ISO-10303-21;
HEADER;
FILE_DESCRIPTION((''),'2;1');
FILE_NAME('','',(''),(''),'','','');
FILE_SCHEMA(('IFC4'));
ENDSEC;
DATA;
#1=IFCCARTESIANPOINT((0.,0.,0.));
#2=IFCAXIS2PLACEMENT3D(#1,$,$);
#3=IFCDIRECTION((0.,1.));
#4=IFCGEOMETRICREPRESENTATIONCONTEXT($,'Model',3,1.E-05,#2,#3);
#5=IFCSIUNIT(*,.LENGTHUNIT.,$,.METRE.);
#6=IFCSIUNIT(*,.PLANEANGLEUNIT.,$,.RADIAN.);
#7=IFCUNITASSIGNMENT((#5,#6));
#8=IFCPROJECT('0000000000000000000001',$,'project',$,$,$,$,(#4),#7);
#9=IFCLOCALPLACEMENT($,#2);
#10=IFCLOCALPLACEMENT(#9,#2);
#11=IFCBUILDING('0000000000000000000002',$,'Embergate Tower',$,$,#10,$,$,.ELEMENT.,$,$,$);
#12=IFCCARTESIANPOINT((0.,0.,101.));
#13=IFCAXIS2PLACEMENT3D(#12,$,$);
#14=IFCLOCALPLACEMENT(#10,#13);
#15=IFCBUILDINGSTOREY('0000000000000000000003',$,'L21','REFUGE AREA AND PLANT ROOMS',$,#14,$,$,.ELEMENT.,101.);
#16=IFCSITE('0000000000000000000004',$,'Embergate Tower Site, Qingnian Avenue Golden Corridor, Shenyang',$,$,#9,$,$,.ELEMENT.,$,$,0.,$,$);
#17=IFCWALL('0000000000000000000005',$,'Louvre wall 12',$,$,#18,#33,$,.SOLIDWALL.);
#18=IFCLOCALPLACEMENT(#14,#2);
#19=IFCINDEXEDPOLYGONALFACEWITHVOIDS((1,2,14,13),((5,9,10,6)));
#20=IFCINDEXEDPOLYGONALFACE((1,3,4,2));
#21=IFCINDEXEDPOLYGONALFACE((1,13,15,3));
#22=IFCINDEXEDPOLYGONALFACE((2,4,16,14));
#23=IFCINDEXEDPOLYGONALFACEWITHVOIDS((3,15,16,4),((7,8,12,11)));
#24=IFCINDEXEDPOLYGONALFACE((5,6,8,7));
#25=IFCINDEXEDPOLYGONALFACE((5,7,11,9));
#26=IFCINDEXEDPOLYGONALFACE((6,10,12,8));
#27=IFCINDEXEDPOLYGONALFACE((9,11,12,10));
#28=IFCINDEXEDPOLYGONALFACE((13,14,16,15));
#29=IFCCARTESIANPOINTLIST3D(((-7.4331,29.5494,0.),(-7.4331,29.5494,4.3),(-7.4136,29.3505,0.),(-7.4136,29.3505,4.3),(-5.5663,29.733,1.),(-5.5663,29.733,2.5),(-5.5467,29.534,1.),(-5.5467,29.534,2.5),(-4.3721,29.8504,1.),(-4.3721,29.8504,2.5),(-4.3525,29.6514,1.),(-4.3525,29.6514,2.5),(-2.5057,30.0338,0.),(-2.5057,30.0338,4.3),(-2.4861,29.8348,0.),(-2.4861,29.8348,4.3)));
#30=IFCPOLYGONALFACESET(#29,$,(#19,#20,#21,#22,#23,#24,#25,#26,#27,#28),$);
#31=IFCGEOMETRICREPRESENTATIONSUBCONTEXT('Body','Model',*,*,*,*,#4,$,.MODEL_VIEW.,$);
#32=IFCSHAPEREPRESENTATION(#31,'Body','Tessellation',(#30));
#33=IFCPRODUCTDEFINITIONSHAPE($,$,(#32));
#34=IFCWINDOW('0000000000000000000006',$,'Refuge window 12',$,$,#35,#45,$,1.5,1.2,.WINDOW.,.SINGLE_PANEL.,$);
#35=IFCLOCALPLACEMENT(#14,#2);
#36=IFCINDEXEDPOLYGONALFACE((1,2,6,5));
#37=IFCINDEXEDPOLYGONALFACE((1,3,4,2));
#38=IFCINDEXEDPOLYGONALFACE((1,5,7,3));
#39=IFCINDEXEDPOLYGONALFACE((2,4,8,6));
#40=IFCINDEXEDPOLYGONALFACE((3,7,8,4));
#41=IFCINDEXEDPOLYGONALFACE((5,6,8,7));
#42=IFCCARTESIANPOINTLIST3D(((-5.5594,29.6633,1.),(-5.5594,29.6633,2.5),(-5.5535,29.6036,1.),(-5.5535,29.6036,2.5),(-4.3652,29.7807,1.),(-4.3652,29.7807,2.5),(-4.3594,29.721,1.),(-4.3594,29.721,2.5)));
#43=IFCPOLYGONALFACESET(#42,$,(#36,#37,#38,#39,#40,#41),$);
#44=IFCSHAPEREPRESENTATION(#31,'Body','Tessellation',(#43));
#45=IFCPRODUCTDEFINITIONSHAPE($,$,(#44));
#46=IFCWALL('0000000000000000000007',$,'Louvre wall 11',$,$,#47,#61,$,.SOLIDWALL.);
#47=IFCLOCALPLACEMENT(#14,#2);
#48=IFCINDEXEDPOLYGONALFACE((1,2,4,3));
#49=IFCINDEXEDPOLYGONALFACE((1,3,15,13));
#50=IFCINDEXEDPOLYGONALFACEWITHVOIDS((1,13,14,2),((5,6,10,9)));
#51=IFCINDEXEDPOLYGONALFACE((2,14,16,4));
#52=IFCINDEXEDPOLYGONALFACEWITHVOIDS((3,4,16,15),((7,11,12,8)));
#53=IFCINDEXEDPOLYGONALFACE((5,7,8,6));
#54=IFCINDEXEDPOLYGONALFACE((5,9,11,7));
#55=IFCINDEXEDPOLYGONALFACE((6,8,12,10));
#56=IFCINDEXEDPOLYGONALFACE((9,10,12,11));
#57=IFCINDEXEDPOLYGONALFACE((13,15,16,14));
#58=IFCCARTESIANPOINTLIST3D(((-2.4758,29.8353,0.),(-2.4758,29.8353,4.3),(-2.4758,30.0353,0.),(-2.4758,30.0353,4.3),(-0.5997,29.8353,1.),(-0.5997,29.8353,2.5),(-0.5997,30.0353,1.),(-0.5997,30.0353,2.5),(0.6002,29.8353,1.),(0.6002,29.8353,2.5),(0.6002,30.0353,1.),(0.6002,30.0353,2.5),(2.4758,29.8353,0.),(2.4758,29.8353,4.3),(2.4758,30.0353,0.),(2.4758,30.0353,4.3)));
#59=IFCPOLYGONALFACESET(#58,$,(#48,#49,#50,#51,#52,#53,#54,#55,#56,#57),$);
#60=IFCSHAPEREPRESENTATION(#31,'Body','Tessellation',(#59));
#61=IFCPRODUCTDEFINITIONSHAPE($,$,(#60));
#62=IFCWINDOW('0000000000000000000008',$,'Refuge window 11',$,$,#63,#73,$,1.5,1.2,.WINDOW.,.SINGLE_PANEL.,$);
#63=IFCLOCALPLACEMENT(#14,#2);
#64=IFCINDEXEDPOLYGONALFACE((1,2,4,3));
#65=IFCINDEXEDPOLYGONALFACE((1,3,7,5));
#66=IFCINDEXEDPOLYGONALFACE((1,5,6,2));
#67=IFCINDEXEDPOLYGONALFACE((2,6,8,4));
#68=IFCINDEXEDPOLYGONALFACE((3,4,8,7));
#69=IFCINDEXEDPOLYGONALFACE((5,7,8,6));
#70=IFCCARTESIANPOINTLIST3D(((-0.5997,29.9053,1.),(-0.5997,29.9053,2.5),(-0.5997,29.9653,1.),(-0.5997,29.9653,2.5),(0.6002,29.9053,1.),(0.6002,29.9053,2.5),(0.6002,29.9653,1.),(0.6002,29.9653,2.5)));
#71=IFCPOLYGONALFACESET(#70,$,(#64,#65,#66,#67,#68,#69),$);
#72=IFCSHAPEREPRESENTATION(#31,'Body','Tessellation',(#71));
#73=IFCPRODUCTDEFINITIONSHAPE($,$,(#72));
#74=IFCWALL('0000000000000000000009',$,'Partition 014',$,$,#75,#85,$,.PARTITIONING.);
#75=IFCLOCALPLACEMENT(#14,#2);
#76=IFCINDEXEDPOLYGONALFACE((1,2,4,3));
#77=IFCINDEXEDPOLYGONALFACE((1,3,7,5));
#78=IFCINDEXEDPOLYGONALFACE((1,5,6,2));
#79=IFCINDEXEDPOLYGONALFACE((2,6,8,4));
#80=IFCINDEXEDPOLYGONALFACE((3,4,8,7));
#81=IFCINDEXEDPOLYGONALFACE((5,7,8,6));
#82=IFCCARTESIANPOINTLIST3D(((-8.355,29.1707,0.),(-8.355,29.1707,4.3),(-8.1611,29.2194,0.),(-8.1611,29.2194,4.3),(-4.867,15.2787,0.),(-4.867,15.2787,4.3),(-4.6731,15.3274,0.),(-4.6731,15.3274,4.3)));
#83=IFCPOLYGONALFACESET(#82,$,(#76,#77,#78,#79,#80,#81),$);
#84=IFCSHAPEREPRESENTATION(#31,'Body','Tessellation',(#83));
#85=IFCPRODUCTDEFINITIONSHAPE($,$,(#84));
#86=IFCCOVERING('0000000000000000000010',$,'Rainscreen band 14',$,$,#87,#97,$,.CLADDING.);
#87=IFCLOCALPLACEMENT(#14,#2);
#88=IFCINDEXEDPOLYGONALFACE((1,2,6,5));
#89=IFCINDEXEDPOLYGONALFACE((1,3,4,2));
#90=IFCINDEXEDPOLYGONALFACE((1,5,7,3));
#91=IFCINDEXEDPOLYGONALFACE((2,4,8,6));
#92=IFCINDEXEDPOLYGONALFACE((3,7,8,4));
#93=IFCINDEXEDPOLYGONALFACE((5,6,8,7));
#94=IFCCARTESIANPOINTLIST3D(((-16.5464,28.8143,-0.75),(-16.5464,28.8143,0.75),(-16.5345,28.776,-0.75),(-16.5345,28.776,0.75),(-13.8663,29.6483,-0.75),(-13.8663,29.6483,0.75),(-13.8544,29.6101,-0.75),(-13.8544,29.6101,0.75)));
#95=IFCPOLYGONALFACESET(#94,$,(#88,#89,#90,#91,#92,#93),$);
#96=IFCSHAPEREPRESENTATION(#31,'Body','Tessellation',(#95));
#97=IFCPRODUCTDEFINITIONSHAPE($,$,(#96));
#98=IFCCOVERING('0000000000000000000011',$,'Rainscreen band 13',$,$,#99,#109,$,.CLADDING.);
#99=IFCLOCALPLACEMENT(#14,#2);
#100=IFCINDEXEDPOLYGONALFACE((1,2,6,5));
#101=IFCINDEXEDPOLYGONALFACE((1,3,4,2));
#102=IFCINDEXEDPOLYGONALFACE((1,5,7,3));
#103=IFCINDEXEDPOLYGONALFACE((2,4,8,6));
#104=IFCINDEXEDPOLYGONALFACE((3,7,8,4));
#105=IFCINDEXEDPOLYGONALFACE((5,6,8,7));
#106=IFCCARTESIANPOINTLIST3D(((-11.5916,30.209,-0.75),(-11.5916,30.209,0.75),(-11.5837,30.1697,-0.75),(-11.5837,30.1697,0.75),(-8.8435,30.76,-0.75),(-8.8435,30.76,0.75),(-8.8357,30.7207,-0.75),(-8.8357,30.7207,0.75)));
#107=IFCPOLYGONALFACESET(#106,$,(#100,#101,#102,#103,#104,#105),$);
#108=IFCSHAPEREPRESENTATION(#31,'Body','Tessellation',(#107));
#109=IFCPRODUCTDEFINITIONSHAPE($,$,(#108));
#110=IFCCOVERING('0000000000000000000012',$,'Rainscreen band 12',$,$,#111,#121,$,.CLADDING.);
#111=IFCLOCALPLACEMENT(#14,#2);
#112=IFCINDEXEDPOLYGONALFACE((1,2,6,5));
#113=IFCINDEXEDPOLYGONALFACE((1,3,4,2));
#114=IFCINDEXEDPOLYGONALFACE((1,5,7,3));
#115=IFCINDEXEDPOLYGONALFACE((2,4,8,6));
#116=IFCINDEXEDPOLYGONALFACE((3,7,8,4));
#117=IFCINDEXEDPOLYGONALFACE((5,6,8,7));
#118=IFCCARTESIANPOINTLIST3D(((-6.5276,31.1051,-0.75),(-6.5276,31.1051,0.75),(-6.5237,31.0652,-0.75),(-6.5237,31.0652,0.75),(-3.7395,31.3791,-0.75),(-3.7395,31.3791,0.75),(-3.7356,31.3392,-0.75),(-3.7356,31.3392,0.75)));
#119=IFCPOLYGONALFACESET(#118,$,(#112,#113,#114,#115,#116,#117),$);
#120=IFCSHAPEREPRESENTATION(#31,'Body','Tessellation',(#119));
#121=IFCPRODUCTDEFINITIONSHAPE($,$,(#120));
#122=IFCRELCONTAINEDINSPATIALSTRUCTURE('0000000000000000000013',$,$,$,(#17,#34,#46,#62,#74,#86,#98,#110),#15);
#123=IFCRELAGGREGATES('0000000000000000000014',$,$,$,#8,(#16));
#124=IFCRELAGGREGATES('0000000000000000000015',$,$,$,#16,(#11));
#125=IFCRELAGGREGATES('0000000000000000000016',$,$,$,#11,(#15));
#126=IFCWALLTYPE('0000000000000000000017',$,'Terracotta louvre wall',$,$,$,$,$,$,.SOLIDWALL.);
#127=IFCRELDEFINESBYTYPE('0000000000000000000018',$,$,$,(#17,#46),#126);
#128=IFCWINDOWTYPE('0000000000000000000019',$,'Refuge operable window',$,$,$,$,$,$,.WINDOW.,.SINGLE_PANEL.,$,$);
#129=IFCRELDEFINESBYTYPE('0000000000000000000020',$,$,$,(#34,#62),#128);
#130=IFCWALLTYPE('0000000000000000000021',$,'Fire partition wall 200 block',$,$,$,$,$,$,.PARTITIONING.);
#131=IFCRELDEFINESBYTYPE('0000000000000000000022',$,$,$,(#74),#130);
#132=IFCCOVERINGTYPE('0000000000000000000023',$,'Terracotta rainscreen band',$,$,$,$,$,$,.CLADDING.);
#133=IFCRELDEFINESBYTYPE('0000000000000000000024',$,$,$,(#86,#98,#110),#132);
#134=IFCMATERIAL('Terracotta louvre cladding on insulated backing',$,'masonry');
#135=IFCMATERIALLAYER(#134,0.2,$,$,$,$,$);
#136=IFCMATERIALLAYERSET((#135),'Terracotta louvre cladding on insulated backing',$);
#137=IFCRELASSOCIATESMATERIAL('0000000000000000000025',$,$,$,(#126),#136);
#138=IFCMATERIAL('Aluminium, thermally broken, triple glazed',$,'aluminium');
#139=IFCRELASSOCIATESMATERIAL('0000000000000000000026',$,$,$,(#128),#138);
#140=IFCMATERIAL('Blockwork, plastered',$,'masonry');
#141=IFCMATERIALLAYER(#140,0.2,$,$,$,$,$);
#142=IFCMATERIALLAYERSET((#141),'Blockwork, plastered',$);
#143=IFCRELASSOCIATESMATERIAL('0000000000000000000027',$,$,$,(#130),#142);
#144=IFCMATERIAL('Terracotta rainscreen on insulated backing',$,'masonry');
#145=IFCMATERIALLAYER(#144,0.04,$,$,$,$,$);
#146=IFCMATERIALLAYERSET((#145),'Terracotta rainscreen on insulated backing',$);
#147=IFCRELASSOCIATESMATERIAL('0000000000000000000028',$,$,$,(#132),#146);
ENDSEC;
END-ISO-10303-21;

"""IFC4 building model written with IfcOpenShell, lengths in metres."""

from ifc_helpers import new_model, si_unit, direction, frame, frame_2d, origin, origin_2d, place, context, subcontext, project, spatial, rectangle, extrude, source, transform, mapped, material, layer, layer_set, type_object, element, fill, save


model = new_model("IFC4")

# Units and contexts
model_context = context("Model", 3, precision=1e-05, world=origin(), true_north=direction((0.0, 1.0)))
body_context = subcontext(model_context, "Body", "Model", "MODEL_VIEW")
ifc_project = project(units=[si_unit("LENGTHUNIT", "METRE"), si_unit("PLANEANGLEUNIT", "RADIAN")], contexts=[model_context])

# Site, building, storey
site_placement = place(None, origin())
site = spatial("IfcSite", under=ifc_project, at=site_placement, Name="Embergate Tower Site, Qingnian Avenue Golden Corridor, Shenyang", CompositionType="ELEMENT", RefElevation=0.0)
building_placement = place(site_placement, origin())
building = spatial("IfcBuilding", under=site, at=building_placement, Name="Embergate Tower", CompositionType="ELEMENT")
storey_placement = place(building_placement, frame((0.0, 0.0, 101.0)))
storey = spatial("IfcBuildingStorey", under=building, at=storey_placement, Name="L21", Description="REFUGE AREA AND PLANT ROOMS", CompositionType="ELEMENT", Elevation=101.0)

# Walls, openings, windows
ifc_material_1 = material(Name="Terracotta louvre cladding on insulated backing", Category="masonry")
ifc_layer_1 = layer(ifc_material_1, 0.2)
ifc_layer_set_1 = layer_set([ifc_layer_1], Name="Terracotta louvre cladding on insulated backing")
wall_type_1 = type_object("IfcWallType", Name="Terracotta louvre wall", PredefinedType="SOLIDWALL", material=ifc_layer_set_1)
shared_shape_1 = source(origin(), body_context, "Body", "SweptSolid", [
    extrude(rectangle(XDim=1.2, YDim=1.5, at=frame_2d((0.6001, 0.75))), frame((0.0, 0.1099, 0.0), z_axis=(0.0, -1.0, 0.0), x_axis=(1.0, 0.0, 0.0)), (0.0, 0.0, 1.0), 0.22),
])
ifc_material_2 = material(Name="Aluminium, thermally broken, triple glazed", Category="aluminium")
window_type = type_object("IfcWindowType", Name="Refuge operable window", PartitioningType="SINGLE_PANEL", PredefinedType="WINDOW", material=ifc_material_2)
shared_shape_2 = source(origin(), body_context, "Body", "SweptSolid", [
    extrude(rectangle(XDim=1.2, YDim=1.5, at=frame_2d((0.6001, 0.75))), frame((0.0, 0.03, 0.0), z_axis=(0.0, -1.0, 0.0), x_axis=(1.0, 0.0, 0.0)), (0.0, 0.0, 1.0), 0.0601),
])
shared_shape_3 = source(origin(), body_context, "Body", "SweptSolid", [
    extrude(rectangle(XDim=4.9512, YDim=0.2, at=frame_2d((2.4756, 0.0))), origin(), (0.0, 0.0, 1.0), 4.3),
])
wall_1_placement = place(storey_placement, frame((-7.4233, 29.45, 0.0), z_axis=(0.0, 0.0, 1.0), x_axis=(0.995203, 0.097829, 0.0)))
wall_1 = element("IfcWall", 1, at=wall_1_placement, inside=storey, type_object=wall_type_1, Name="Louvre wall 12", PredefinedType="SOLIDWALL", context=body_context, shape_type="MappedRepresentation", body=[
    mapped(shared_shape_3, transform((0.0, 0.0, 0.0))),
])
opening_1_placement = place(wall_1_placement, frame((1.8757, 0.0, 1.0)))
opening_1 = element("IfcOpeningElement", 2, at=opening_1_placement, cuts=wall_1, PredefinedType="OPENING", context=body_context, shape_type="MappedRepresentation", body=[
    mapped(shared_shape_1, transform((0.0, 0.0, 0.0))),
])
window_1_placement = place(opening_1_placement, origin())
window_1 = element("IfcWindow", 3, at=window_1_placement, inside=storey, type_object=window_type, Name="Refuge window 12", OverallHeight=1.5, OverallWidth=1.2, PartitioningType="SINGLE_PANEL", PredefinedType="WINDOW", context=body_context, shape_type="MappedRepresentation", body=[
    mapped(shared_shape_2, transform((0.0, 0.0, 0.0))),
])
fill(opening_1, window_1)
shared_shape_4 = source(origin(), body_context, "Body", "SweptSolid", [
    extrude(rectangle(XDim=4.9517, YDim=0.2, at=frame_2d((2.4758, 0.0))), origin(), (0.0, 0.0, 1.0), 4.3),
])
wall_2_placement = place(storey_placement, frame((-2.4758, 29.9353, 0.0), z_axis=(0.0, 0.0, 1.0), x_axis=(1.0, 0.0, 0.0)))
wall_2 = element("IfcWall", 4, at=wall_2_placement, inside=storey, type_object=wall_type_1, Name="Louvre wall 11", PredefinedType="SOLIDWALL", context=body_context, shape_type="MappedRepresentation", body=[
    mapped(shared_shape_4, transform((0.0, 0.0, 0.0))),
])
opening_2_placement = place(wall_2_placement, frame((1.876, 0.0, 1.0)))
opening_2 = element("IfcOpeningElement", 5, at=opening_2_placement, cuts=wall_2, PredefinedType="OPENING", context=body_context, shape_type="MappedRepresentation", body=[
    mapped(shared_shape_1, transform((0.0, 0.0, 0.0))),
])
window_2_placement = place(opening_2_placement, origin())
window_2 = element("IfcWindow", 6, at=window_2_placement, inside=storey, type_object=window_type, Name="Refuge window 11", OverallHeight=1.5, OverallWidth=1.2, PartitioningType="SINGLE_PANEL", PredefinedType="WINDOW", context=body_context, shape_type="MappedRepresentation", body=[
    mapped(shared_shape_2, transform((0.0, 0.0, 0.0))),
])
fill(opening_2, window_2)

# Wall
ifc_material_3 = material(Name="Blockwork, plastered", Category="masonry")
ifc_layer_2 = layer(ifc_material_3, 0.2)
ifc_layer_set_2 = layer_set([ifc_layer_2], Name="Blockwork, plastered")
wall_type_2 = type_object("IfcWallType", Name="Fire partition wall 200 block", PredefinedType="PARTITIONING", material=ifc_layer_set_2)
shared_shape_5 = source(origin(), body_context, "Body", "SweptSolid", [
    extrude(rectangle(XDim=14.3232, YDim=0.2, at=frame_2d((7.1616, 0.0))), origin(), (0.0, 0.0, 1.0), 4.3),
])
wall_3_placement = place(storey_placement, frame((-8.2581, 29.1951, 0.0), z_axis=(0.0, 0.0, 1.0), x_axis=(0.243522, -0.969895, 0.0)))
element("IfcWall", 7, at=wall_3_placement, inside=storey, type_object=wall_type_2, Name="Partition 014", PredefinedType="PARTITIONING", context=body_context, shape_type="MappedRepresentation", body=[
    mapped(shared_shape_5, transform((0.0, 0.0, 0.0))),
])

# Coverings
ifc_material_4 = material(Name="Terracotta rainscreen on insulated backing", Category="masonry")
ifc_layer_3 = layer(ifc_material_4, 0.04)
ifc_layer_set_3 = layer_set([ifc_layer_3], Name="Terracotta rainscreen on insulated backing")
covering_type = type_object("IfcCoveringType", Name="Terracotta rainscreen band", PredefinedType="CLADDING", material=ifc_layer_set_3)
shared_shape_6 = source(origin(), body_context, "Body", "SweptSolid", [
    extrude(rectangle(XDim=2.8069, YDim=0.04, at=origin_2d()), origin(), (0.0, 0.0, 1.0), 1.5),
])
covering_1_placement = place(storey_placement, frame((-15.2004, 29.2122, -0.75), z_axis=(0.0, 0.0, 1.0), x_axis=(-0.954834, -0.297138, 0.0)))
element("IfcCovering", 8, at=covering_1_placement, inside=storey, type_object=covering_type, Name="Rainscreen band 14", PredefinedType="CLADDING", context=body_context, shape_type="MappedRepresentation", body=[
    mapped(shared_shape_6, transform((0.0, 0.0, 0.0))),
])
shared_shape_7 = source(origin(), body_context, "Body", "SweptSolid", [
    extrude(rectangle(XDim=2.8027, YDim=0.04, at=origin_2d()), origin(), (0.0, 0.0, 1.0), 1.5),
])
covering_2_placement = place(storey_placement, frame((-10.2136, 30.4648, -0.75), z_axis=(0.0, 0.0, 1.0), x_axis=(-0.980484, -0.196596, 0.0)))
element("IfcCovering", 9, at=covering_2_placement, inside=storey, type_object=covering_type, Name="Rainscreen band 13", PredefinedType="CLADDING", context=body_context, shape_type="MappedRepresentation", body=[
    mapped(shared_shape_7, transform((0.0, 0.0, 0.0))),
])
shared_shape_8 = source(origin(), body_context, "Body", "SweptSolid", [
    extrude(rectangle(XDim=2.8015, YDim=0.04, at=origin_2d()), origin(), (0.0, 0.0, 1.0), 1.5),
])
covering_3_placement = place(storey_placement, frame((-5.1316, 31.2222, -0.75), z_axis=(0.0, 0.0, 1.0), x_axis=(-0.995205, -0.097807, 0.0)))
element("IfcCovering", 10, at=covering_3_placement, inside=storey, type_object=covering_type, Name="Rainscreen band 12", PredefinedType="CLADDING", context=body_context, shape_type="MappedRepresentation", body=[
    mapped(shared_shape_8, transform((0.0, 0.0, 0.0))),
])

save(model, "model.ifc")
